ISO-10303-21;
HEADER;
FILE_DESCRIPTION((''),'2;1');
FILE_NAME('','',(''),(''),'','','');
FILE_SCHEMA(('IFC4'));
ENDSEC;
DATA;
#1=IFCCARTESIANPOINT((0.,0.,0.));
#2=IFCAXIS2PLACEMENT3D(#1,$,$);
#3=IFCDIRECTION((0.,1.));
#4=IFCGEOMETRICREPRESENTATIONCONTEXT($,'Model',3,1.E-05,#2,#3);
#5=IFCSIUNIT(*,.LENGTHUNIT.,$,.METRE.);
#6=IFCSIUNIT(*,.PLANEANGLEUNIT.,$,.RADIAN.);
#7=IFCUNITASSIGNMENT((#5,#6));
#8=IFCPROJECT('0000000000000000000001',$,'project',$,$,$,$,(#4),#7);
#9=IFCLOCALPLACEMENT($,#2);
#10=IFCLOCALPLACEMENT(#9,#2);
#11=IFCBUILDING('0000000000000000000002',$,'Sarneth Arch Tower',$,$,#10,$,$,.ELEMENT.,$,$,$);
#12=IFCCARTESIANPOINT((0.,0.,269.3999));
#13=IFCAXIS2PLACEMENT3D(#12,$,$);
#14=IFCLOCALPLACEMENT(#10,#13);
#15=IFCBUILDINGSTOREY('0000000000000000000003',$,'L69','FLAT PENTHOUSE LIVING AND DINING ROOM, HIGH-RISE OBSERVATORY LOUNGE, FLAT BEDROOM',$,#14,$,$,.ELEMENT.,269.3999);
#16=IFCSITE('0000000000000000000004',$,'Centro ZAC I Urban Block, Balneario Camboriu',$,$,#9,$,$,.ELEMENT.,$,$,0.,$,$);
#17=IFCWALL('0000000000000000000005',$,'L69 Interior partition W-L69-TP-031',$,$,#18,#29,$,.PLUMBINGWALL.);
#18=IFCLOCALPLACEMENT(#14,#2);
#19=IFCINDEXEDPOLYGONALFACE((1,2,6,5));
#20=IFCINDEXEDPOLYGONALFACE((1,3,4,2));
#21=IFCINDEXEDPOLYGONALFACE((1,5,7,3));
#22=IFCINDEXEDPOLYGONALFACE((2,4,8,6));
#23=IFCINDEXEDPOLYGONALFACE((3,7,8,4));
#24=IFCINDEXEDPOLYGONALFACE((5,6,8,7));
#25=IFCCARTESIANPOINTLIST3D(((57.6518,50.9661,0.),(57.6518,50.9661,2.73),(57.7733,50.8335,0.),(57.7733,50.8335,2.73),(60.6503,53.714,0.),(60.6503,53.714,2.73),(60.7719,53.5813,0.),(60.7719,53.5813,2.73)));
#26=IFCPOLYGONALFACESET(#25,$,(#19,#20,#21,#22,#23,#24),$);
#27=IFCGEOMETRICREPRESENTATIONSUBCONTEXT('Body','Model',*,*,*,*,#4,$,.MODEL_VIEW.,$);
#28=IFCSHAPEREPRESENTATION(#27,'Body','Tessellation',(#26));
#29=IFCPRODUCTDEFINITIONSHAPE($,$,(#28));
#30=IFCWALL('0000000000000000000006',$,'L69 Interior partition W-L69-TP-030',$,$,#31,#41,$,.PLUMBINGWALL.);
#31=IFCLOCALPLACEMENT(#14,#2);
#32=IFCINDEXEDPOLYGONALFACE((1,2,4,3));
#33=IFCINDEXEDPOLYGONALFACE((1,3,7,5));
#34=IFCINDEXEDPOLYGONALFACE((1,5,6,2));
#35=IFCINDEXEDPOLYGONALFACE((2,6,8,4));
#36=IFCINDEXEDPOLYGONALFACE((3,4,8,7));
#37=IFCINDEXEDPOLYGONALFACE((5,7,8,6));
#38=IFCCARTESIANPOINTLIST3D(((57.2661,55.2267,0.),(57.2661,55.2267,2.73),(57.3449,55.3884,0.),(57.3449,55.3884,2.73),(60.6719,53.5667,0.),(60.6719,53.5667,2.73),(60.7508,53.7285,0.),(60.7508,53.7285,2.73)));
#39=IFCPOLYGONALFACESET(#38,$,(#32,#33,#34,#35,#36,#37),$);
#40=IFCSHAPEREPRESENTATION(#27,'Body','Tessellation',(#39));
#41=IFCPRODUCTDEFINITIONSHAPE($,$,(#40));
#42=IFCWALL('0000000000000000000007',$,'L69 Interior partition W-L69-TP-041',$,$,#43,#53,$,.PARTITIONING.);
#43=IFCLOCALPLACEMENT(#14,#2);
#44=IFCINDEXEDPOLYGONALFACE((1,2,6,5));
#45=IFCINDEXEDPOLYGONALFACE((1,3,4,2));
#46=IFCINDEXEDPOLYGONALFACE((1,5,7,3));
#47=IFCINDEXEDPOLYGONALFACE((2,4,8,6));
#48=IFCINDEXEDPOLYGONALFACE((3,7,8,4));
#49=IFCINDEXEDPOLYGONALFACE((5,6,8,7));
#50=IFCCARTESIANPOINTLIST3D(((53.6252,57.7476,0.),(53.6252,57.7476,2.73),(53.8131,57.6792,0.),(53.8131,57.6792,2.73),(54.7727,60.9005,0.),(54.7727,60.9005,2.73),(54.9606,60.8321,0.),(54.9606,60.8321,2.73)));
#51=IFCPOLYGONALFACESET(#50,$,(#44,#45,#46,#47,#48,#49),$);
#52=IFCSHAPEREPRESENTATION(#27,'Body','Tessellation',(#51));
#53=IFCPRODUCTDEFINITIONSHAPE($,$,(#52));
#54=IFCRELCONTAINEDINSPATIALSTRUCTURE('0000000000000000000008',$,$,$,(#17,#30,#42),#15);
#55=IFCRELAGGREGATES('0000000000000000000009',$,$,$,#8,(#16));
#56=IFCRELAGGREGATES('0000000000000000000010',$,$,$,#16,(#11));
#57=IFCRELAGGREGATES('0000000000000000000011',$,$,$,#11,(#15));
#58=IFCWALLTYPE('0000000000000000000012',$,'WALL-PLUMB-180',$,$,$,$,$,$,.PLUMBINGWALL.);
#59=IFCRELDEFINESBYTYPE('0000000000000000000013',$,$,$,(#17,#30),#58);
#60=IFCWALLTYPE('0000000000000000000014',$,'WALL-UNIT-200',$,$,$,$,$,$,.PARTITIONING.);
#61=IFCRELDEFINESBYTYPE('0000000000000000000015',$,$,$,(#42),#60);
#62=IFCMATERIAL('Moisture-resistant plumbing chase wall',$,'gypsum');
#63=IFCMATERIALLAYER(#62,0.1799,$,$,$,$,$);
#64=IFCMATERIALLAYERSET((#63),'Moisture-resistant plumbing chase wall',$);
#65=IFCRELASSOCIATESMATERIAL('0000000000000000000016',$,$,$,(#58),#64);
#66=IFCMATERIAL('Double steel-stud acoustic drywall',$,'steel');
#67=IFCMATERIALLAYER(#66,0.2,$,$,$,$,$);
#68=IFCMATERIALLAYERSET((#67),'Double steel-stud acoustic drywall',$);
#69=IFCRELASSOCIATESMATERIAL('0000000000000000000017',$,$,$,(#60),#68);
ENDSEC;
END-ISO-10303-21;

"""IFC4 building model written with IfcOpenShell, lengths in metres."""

from ifc_helpers import new_model, si_unit, direction, frame, frame_2d, origin, place, context, subcontext, project, spatial, rectangle, extrude, material, layer, layer_set, type_object, element, save


model = new_model("IFC4")

# Units and contexts
model_context = context("Model", 3, precision=1e-05, world=origin(), true_north=direction((0.0, 1.0)))
body_context = subcontext(model_context, "Body", "Model", "MODEL_VIEW")
ifc_project = project(units=[si_unit("LENGTHUNIT", "METRE"), si_unit("PLANEANGLEUNIT", "RADIAN")], contexts=[model_context])

# Site, building, storey
site_placement = place(None, origin())
site = spatial("IfcSite", under=ifc_project, at=site_placement, Name="Centro ZAC I Urban Block, Balneario Camboriu", CompositionType="ELEMENT", RefElevation=0.0)
building_placement = place(site_placement, origin())
building = spatial("IfcBuilding", under=site, at=building_placement, Name="Sarneth Arch Tower", CompositionType="ELEMENT")
storey_placement = place(building_placement, frame((0.0, 0.0, 269.3999)))
storey = spatial("IfcBuildingStorey", under=building, at=storey_placement, Name="L69", Description="FLAT PENTHOUSE LIVING AND DINING ROOM, HIGH-RISE OBSERVATORY LOUNGE, FLAT BEDROOM", CompositionType="ELEMENT", Elevation=269.3999)

# Walls
ifc_material_1 = material(Name="Moisture-resistant plumbing chase wall", Category="gypsum")
ifc_layer_1 = layer(ifc_material_1, 0.1799)
ifc_layer_set_1 = layer_set([ifc_layer_1], Name="Moisture-resistant plumbing chase wall")
wall_type_1 = type_object("IfcWallType", Name="WALL-PLUMB-180", PredefinedType="PLUMBINGWALL", material=ifc_layer_set_1)
wall_1_placement = place(storey_placement, frame((60.7112, 53.6477, 0.0), z_axis=(0.0, 0.0, 1.0), x_axis=(-0.737259, -0.67561, 0.0)))
element("IfcWall", 1, at=wall_1_placement, inside=storey, type_object=wall_type_1, Name="L69 Interior partition W-L69-TP-031", PredefinedType="PLUMBINGWALL", context=body_context, shape_type="SweptSolid", body=[
    extrude(rectangle(XDim=4.0671, YDim=0.1799, at=frame_2d((2.0337, 0.0))), origin(), (0.0, 0.0, 1.0), 2.73),
])
wall_2_placement = place(storey_placement, frame((57.3054, 55.3076, 0.0), z_axis=(0.0, 0.0, 1.0), x_axis=(0.898918, -0.438118, 0.0)))
element("IfcWall", 2, at=wall_2_placement, inside=storey, type_object=wall_type_1, Name="L69 Interior partition W-L69-TP-030", PredefinedType="PLUMBINGWALL", context=body_context, shape_type="SweptSolid", body=[
    extrude(rectangle(XDim=3.7888, YDim=0.1799, at=frame_2d((1.8945, 0.0))), origin(), (0.0, 0.0, 1.0), 2.73),
])
ifc_material_2 = material(Name="Double steel-stud acoustic drywall", Category="steel")
ifc_layer_2 = layer(ifc_material_2, 0.2)
ifc_layer_set_2 = layer_set([ifc_layer_2], Name="Double steel-stud acoustic drywall")
wall_type_2 = type_object("IfcWallType", Name="WALL-UNIT-200", PredefinedType="PARTITIONING", material=ifc_layer_set_2)
wall_3_placement = place(storey_placement, frame((54.8667, 60.8665, 0.0), z_axis=(0.0, 0.0, 1.0), x_axis=(-0.342, -0.9397, 0.0)))
element("IfcWall", 3, at=wall_3_placement, inside=storey, type_object=wall_type_2, Name="L69 Interior partition W-L69-TP-041", PredefinedType="PARTITIONING", context=body_context, shape_type="SweptSolid", body=[
    extrude(rectangle(XDim=3.3552, YDim=0.2, at=frame_2d((1.6777, 0.0))), origin(), (0.0, 0.0, 1.0), 2.73),
])

save(model, "model.ifc")
